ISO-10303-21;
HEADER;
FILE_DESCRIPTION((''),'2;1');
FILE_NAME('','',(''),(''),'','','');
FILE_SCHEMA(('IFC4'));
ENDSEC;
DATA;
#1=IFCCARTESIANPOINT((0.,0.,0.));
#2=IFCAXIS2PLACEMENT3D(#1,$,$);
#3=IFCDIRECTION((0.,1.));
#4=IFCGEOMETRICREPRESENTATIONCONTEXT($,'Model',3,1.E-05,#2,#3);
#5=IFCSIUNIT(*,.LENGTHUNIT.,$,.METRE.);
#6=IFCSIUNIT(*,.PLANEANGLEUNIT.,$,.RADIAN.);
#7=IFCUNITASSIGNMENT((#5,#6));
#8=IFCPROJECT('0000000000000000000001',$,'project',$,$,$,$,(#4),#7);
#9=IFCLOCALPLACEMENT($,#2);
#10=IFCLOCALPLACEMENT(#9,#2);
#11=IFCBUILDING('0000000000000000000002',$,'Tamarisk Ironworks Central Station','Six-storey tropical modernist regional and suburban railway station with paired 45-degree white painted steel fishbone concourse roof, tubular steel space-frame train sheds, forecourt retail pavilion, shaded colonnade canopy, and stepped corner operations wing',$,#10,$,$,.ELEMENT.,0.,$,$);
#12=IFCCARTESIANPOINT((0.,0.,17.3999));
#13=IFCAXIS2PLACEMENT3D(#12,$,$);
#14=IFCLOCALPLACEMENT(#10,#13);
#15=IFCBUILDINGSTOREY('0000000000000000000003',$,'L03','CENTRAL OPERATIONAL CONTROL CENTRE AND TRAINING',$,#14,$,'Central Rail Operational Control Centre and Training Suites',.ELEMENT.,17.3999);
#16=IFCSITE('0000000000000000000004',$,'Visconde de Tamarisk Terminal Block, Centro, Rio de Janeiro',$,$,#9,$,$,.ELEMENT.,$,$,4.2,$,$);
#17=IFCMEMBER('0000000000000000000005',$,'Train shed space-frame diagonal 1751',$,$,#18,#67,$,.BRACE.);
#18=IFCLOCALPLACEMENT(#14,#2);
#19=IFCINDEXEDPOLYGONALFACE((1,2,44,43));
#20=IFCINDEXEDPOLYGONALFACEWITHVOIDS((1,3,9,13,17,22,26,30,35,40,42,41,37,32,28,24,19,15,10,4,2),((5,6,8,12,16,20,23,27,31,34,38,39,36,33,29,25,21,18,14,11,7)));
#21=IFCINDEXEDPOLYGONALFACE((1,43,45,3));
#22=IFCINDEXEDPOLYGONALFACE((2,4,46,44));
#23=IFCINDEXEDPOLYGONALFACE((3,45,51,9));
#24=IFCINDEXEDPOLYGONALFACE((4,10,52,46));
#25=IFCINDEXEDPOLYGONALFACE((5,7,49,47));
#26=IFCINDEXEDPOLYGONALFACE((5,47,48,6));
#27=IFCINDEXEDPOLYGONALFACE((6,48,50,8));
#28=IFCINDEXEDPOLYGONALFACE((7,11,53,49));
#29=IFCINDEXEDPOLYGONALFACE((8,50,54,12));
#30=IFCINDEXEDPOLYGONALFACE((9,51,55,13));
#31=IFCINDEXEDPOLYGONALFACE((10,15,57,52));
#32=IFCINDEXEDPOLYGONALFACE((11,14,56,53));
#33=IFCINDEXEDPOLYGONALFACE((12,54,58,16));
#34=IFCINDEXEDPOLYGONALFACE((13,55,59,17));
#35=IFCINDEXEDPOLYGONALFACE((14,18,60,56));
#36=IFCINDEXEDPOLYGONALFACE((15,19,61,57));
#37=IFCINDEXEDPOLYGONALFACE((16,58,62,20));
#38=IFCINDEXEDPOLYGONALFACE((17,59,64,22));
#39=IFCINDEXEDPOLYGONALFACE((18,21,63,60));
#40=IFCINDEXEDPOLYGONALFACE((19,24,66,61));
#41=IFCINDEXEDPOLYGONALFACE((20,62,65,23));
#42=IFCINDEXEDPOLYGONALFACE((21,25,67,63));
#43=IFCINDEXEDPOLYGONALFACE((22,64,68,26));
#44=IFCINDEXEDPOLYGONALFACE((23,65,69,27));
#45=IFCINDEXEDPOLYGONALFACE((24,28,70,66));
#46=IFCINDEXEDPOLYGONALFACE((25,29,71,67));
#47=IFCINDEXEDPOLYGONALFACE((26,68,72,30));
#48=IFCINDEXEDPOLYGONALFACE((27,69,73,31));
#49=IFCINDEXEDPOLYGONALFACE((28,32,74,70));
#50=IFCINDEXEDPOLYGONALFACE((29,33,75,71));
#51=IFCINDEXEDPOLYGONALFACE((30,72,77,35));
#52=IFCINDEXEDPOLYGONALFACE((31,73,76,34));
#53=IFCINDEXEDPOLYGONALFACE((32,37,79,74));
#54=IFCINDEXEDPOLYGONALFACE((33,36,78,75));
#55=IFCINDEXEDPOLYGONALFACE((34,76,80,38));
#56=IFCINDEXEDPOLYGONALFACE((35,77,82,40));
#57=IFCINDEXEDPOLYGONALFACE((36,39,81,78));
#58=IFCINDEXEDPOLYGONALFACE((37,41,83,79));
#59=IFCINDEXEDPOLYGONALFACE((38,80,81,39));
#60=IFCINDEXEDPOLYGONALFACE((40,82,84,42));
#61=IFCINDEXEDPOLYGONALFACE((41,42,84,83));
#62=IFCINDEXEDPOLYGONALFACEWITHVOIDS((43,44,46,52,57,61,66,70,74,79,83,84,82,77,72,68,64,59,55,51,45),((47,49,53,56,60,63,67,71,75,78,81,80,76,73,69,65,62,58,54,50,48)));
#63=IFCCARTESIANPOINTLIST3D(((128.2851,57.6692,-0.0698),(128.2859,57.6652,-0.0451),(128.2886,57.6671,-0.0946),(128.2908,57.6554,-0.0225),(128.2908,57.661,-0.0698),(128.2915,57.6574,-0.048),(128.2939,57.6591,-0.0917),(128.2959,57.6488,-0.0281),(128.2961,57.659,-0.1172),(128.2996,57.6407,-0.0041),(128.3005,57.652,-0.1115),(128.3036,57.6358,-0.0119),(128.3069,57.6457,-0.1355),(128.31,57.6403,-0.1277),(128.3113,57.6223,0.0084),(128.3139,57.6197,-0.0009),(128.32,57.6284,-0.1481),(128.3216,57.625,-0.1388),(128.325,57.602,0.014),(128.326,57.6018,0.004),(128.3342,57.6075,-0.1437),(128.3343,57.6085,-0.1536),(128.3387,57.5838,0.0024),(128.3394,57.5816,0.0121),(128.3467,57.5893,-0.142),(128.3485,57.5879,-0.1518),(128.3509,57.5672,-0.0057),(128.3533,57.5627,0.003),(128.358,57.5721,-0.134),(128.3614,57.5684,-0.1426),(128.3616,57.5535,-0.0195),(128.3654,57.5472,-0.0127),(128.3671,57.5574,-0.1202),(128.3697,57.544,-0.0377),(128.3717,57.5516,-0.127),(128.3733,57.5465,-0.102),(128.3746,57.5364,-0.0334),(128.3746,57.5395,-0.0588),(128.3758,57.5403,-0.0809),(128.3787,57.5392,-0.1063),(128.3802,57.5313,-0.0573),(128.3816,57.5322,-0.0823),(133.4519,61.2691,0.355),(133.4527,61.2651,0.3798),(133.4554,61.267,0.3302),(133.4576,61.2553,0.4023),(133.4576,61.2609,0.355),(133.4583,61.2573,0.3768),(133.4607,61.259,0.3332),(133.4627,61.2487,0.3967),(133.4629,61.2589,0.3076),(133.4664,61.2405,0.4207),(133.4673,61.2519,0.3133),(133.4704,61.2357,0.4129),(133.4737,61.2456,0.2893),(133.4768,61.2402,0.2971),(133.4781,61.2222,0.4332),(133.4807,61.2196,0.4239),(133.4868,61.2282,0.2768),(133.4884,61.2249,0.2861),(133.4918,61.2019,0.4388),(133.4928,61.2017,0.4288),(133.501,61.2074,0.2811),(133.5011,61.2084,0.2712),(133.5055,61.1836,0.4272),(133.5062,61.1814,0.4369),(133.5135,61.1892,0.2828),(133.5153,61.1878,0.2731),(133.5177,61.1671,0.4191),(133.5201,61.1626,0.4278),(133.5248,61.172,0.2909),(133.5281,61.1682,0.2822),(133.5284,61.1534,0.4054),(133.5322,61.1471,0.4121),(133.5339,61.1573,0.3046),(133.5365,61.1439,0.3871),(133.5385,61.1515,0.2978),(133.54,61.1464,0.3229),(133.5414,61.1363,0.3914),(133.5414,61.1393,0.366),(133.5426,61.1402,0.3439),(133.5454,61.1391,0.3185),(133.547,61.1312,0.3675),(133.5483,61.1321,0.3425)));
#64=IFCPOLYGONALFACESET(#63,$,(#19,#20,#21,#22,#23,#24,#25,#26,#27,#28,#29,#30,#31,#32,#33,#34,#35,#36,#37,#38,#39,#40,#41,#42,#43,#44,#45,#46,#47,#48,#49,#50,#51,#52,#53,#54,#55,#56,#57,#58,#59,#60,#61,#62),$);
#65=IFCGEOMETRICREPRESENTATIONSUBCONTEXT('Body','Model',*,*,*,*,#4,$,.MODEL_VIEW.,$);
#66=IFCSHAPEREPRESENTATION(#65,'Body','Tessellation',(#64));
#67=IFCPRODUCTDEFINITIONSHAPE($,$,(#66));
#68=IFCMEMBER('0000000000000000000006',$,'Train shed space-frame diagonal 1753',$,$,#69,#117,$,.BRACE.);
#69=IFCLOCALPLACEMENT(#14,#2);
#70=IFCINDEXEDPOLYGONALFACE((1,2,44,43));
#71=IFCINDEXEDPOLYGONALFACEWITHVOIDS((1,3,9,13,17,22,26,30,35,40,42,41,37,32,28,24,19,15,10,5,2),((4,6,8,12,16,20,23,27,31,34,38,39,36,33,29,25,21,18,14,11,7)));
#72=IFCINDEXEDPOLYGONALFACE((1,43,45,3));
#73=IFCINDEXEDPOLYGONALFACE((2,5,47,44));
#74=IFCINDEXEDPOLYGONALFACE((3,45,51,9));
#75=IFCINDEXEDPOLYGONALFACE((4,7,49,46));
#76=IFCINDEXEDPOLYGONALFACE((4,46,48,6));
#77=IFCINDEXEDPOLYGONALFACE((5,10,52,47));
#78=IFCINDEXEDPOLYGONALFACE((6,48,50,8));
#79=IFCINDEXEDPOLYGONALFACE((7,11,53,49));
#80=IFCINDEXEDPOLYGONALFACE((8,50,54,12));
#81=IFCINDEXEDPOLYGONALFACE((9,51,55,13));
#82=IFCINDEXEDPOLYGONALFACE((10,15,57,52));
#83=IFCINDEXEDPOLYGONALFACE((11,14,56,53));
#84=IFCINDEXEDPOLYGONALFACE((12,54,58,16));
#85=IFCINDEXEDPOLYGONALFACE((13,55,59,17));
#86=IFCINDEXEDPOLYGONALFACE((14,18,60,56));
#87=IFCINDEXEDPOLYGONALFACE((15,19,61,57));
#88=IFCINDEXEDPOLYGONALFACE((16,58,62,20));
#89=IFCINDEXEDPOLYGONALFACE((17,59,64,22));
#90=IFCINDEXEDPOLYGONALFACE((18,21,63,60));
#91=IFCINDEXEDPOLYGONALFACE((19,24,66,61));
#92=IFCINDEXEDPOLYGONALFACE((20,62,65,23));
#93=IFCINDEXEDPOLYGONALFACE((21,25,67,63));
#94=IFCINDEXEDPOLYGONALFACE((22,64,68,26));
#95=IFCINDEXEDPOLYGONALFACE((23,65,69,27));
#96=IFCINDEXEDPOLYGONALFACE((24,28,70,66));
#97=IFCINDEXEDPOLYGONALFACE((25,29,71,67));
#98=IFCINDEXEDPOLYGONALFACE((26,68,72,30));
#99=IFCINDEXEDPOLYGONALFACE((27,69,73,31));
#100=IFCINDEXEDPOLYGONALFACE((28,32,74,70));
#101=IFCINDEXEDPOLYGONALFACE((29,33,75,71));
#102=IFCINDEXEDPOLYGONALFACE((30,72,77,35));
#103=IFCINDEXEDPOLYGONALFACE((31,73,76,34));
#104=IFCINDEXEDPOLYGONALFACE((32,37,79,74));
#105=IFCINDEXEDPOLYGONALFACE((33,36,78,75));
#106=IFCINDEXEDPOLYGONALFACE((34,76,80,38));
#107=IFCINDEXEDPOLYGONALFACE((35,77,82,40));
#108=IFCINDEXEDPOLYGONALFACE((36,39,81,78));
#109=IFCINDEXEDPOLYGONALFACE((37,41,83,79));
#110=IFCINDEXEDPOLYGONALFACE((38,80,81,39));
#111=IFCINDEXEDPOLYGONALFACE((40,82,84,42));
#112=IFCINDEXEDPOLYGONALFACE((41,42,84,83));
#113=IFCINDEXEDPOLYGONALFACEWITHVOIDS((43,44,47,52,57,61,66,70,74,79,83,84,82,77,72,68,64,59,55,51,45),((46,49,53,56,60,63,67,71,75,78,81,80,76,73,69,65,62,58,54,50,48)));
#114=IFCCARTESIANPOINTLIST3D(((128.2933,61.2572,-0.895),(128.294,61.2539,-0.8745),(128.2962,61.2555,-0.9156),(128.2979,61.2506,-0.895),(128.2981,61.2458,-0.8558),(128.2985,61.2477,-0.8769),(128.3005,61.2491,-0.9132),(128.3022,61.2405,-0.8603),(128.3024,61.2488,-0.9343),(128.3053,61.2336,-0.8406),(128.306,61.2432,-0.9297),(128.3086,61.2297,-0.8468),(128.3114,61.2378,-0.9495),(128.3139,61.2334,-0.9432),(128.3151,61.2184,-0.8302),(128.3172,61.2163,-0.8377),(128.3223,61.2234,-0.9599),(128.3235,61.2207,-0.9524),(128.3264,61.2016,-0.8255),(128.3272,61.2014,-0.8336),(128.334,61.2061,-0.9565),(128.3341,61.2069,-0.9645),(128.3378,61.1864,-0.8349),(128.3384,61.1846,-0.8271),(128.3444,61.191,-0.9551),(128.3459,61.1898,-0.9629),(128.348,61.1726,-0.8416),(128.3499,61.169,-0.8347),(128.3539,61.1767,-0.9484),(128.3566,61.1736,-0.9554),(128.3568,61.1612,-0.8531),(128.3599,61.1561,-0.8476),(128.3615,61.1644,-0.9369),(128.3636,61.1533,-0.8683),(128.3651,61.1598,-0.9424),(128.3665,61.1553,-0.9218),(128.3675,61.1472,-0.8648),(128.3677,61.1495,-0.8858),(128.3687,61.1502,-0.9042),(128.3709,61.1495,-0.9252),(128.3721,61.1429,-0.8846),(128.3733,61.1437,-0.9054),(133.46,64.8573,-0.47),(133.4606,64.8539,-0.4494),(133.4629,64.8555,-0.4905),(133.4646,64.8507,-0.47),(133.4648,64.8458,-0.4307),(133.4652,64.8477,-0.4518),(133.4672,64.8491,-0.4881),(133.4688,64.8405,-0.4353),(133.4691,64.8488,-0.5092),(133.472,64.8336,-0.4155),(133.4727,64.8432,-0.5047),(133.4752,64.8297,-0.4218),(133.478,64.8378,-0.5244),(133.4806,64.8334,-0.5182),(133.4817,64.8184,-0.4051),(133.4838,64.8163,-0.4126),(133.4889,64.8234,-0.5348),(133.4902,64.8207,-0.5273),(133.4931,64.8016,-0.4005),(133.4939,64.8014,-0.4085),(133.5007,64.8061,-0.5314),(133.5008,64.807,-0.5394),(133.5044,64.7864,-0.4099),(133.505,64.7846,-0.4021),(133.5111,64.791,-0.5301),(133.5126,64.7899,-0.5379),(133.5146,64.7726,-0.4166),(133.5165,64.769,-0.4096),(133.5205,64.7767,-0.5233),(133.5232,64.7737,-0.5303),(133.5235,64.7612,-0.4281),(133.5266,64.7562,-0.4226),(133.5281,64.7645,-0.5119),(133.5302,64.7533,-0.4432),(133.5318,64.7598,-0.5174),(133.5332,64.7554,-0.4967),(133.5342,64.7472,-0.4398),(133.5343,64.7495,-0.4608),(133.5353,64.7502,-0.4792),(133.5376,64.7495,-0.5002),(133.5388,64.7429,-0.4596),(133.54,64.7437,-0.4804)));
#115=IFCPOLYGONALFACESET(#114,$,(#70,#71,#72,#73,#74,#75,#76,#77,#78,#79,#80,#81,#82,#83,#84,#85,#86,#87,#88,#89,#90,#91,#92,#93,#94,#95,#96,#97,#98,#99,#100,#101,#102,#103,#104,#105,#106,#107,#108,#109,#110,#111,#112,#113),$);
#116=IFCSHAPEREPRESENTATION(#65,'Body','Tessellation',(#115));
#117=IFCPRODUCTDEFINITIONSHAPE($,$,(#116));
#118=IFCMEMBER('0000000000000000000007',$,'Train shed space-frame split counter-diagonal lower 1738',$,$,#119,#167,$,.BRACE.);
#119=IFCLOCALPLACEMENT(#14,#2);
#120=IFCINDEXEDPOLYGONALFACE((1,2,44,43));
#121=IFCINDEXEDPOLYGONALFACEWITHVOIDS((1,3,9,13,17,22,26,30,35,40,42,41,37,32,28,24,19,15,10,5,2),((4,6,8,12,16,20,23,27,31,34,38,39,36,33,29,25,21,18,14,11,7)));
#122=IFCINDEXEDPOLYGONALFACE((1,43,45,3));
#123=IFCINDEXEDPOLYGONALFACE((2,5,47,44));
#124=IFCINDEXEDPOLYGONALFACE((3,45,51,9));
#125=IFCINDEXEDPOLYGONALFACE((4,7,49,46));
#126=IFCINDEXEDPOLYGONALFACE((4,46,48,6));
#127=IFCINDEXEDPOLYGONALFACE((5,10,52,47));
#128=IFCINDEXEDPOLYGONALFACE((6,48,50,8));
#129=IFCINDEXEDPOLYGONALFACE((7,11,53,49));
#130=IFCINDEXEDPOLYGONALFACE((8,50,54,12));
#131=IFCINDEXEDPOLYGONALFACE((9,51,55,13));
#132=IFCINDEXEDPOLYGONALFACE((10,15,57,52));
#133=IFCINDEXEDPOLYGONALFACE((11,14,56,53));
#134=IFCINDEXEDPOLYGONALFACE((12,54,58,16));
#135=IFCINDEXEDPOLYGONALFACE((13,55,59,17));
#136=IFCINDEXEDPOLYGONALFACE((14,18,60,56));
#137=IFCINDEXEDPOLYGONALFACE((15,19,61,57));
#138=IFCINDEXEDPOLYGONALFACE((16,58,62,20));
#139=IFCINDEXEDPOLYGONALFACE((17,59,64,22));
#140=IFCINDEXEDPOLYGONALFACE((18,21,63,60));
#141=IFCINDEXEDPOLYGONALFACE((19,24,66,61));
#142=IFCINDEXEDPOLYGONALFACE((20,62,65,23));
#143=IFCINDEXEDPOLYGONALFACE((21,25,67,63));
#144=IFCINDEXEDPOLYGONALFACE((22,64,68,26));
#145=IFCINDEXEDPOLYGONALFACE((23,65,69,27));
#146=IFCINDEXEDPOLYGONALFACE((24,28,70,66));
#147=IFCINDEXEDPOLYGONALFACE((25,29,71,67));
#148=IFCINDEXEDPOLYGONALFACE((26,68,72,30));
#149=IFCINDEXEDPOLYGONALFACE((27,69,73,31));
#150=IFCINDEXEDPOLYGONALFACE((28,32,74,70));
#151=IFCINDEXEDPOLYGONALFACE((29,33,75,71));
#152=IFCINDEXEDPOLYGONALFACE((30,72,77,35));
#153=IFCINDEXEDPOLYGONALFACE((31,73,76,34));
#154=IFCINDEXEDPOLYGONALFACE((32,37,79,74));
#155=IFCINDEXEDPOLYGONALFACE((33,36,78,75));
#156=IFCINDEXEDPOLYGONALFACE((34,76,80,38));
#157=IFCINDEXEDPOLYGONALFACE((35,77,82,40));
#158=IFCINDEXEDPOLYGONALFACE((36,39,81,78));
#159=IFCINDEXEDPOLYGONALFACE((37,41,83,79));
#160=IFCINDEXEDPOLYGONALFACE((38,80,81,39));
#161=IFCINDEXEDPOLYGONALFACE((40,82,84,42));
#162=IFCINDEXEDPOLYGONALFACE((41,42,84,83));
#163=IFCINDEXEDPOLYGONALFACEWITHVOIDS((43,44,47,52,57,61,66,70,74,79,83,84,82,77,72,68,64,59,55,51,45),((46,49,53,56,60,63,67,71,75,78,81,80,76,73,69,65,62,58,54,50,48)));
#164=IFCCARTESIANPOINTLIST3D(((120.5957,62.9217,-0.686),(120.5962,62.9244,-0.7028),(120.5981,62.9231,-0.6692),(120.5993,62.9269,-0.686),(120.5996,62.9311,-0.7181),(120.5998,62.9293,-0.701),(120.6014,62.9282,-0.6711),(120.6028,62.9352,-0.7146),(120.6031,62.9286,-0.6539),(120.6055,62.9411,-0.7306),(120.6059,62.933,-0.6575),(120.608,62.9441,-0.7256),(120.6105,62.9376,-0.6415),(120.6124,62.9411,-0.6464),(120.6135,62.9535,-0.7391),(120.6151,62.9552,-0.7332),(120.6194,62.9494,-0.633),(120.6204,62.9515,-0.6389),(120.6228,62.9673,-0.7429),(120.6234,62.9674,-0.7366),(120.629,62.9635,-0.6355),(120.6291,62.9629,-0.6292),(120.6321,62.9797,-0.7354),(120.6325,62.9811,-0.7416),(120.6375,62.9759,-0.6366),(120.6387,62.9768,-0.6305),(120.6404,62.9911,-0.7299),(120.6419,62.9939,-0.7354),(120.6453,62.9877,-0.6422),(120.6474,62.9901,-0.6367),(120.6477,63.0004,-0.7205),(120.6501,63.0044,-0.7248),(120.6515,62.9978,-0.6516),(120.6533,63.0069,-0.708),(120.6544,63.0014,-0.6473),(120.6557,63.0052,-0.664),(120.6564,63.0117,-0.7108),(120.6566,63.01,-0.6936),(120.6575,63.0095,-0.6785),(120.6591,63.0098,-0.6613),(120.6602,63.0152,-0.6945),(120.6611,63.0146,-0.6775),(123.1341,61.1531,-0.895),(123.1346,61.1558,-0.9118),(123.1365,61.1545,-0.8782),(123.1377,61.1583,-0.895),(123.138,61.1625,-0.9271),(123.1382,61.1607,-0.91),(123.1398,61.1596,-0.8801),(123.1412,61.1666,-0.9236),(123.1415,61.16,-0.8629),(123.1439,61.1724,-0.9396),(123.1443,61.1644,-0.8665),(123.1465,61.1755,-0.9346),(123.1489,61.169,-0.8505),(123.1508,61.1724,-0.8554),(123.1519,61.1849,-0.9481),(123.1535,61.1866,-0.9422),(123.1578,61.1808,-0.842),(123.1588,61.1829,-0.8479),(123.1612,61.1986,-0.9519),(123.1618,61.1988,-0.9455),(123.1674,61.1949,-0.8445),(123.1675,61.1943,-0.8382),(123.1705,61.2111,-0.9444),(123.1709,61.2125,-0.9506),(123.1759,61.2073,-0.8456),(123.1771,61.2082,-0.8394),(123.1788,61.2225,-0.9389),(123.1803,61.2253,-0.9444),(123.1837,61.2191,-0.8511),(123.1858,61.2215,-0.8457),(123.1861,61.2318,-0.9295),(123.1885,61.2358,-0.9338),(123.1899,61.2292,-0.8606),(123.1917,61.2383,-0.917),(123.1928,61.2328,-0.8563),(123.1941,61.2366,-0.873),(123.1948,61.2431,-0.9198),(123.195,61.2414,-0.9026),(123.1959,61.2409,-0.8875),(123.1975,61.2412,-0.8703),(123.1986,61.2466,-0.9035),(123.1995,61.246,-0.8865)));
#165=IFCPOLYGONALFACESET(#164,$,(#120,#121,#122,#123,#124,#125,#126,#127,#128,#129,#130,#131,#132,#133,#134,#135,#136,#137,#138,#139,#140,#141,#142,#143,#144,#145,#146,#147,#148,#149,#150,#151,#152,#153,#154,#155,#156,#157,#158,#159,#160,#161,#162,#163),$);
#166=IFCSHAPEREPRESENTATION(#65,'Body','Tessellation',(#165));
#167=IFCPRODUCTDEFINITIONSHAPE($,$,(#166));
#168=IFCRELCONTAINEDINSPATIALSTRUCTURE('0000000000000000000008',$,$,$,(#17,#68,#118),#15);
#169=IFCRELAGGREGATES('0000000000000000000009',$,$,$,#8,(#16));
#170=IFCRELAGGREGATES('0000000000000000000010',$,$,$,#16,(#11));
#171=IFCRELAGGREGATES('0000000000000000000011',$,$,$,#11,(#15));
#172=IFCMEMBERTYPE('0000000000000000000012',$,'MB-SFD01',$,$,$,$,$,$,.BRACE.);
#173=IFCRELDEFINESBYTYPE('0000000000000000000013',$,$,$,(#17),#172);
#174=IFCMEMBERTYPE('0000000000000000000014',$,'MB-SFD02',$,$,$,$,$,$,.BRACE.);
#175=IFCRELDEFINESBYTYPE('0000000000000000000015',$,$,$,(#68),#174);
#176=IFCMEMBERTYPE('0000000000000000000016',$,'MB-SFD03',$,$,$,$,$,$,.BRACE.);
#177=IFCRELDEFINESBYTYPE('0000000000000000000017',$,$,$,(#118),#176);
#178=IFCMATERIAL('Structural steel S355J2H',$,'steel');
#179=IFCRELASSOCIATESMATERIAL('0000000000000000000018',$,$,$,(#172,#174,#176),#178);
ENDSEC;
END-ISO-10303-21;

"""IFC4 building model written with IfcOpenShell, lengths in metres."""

from ifc_helpers import new_model, si_unit, direction, frame, origin, origin_2d, place, context, subcontext, project, spatial, hollow_circle, extrude, material, material_profile, profile_set, type_object, element, save


model = new_model("IFC4")

# Units and contexts
model_context = context("Model", 3, precision=1e-05, world=origin(), true_north=direction((0.0, 1.0)))
body_context = subcontext(model_context, "Body", "Model", "MODEL_VIEW")
ifc_project = project(units=[si_unit("LENGTHUNIT", "METRE"), si_unit("PLANEANGLEUNIT", "RADIAN")], contexts=[model_context])

# Site, building, storey
site_placement = place(None, origin())
site = spatial("IfcSite", under=ifc_project, at=site_placement, Name="Visconde de Tamarisk Terminal Block, Centro, Rio de Janeiro", CompositionType="ELEMENT", RefElevation=4.2)
building_placement = place(site_placement, origin())
building = spatial("IfcBuilding", under=site, at=building_placement, Name="Tamarisk Ironworks Central Station", Description="Six-storey tropical modernist regional and suburban railway station with paired 45-degree white painted steel fishbone concourse roof, tubular steel space-frame train sheds, forecourt retail pavilion, shaded colonnade canopy, and stepped corner operations wing", CompositionType="ELEMENT", ElevationOfRefHeight=0.0)
storey_placement = place(building_placement, frame((0.0, 0.0, 17.3999)))
storey = spatial("IfcBuildingStorey", under=building, at=storey_placement, Name="L03", Description="CENTRAL OPERATIONAL CONTROL CENTRE AND TRAINING", LongName="Central Rail Operational Control Centre and Training Suites", CompositionType="ELEMENT", Elevation=17.3999)

# Members
ifc_material = material(Name="Structural steel S355J2H", Category="steel")
ifc_material_profile_1 = material_profile(ifc_material, hollow_circle(Radius=0.0842, WallThickness=0.01, at=origin_2d()), Name="CHS 168.3x10")
ifc_profile_set_1 = profile_set([ifc_material_profile_1], Name="Structural steel S355J2H")
member_type_1 = type_object("IfcMemberType", Name="MB-SFD01", PredefinedType="BRACE", material=ifc_profile_set_1)
for number, where, z_axis, x_axis, name in (
    (1, (128.3333, 57.6001, -0.0698), (0.818628, 0.570367, 0.067307), (-0.571663, 0.820489, 0.0), "Train shed space-frame diagonal 1751"),
):
    element("IfcMember", number, at=place(storey_placement, frame(where, z_axis=z_axis, x_axis=x_axis)), inside=storey, type_object=member_type_1, Name=name, PredefinedType="BRACE", context=body_context, shape_type="SweptSolid", body=[
        extrude(hollow_circle(Radius=0.0842, WallThickness=0.01, at=origin_2d()), origin(), (0.0, 0.0, 1.0), 6.3115),
    ])
ifc_material_profile_2 = material_profile(ifc_material, hollow_circle(Radius=0.0698, WallThickness=0.0081, at=origin_2d()), Name="CHS 139.7x8")
ifc_profile_set_2 = profile_set([ifc_material_profile_2], Name="Structural steel S355J2H")
member_type_2 = type_object("IfcMemberType", Name="MB-SFD02", PredefinedType="BRACE", material=ifc_profile_set_2)
member_1_placement = place(storey_placement, frame((128.3333, 61.2, -0.895), z_axis=(0.818608, 0.570391, 0.067344), x_axis=(-0.571689, 0.82047, 0.0)))
element("IfcMember", 2, at=member_1_placement, inside=storey, type_object=member_type_2, Name="Train shed space-frame diagonal 1753", PredefinedType="BRACE", context=body_context, shape_type="SweptSolid", body=[
    extrude(hollow_circle(Radius=0.0698, WallThickness=0.0081, at=origin_2d()), origin(), (0.0, 0.0, 1.0), 6.3115),
])
ifc_material_profile_3 = material_profile(ifc_material, hollow_circle(Radius=0.0571, WallThickness=0.0063, at=origin_2d()), Name="CHS 114.3x6.3")
ifc_profile_set_3 = profile_set([ifc_material_profile_3], Name="Structural steel S355J2H")
member_type_3 = type_object("IfcMemberType", Name="MB-SFD03", PredefinedType="BRACE", material=ifc_profile_set_3)
member_2_placement = place(storey_placement, frame((123.1667, 61.2, -0.895), z_axis=(-0.818621, 0.570366, 0.067398), x_axis=(-0.571666, -0.820487, 0.0)))
element("IfcMember", 3, at=member_2_placement, inside=storey, type_object=member_type_3, Name="Train shed space-frame split counter-diagonal lower 1738", PredefinedType="BRACE", context=body_context, shape_type="SweptSolid", body=[
    extrude(hollow_circle(Radius=0.0571, WallThickness=0.0063, at=origin_2d()), origin(), (0.0, 0.0, 1.0), 3.1008),
])

save(model, "model.ifc")
